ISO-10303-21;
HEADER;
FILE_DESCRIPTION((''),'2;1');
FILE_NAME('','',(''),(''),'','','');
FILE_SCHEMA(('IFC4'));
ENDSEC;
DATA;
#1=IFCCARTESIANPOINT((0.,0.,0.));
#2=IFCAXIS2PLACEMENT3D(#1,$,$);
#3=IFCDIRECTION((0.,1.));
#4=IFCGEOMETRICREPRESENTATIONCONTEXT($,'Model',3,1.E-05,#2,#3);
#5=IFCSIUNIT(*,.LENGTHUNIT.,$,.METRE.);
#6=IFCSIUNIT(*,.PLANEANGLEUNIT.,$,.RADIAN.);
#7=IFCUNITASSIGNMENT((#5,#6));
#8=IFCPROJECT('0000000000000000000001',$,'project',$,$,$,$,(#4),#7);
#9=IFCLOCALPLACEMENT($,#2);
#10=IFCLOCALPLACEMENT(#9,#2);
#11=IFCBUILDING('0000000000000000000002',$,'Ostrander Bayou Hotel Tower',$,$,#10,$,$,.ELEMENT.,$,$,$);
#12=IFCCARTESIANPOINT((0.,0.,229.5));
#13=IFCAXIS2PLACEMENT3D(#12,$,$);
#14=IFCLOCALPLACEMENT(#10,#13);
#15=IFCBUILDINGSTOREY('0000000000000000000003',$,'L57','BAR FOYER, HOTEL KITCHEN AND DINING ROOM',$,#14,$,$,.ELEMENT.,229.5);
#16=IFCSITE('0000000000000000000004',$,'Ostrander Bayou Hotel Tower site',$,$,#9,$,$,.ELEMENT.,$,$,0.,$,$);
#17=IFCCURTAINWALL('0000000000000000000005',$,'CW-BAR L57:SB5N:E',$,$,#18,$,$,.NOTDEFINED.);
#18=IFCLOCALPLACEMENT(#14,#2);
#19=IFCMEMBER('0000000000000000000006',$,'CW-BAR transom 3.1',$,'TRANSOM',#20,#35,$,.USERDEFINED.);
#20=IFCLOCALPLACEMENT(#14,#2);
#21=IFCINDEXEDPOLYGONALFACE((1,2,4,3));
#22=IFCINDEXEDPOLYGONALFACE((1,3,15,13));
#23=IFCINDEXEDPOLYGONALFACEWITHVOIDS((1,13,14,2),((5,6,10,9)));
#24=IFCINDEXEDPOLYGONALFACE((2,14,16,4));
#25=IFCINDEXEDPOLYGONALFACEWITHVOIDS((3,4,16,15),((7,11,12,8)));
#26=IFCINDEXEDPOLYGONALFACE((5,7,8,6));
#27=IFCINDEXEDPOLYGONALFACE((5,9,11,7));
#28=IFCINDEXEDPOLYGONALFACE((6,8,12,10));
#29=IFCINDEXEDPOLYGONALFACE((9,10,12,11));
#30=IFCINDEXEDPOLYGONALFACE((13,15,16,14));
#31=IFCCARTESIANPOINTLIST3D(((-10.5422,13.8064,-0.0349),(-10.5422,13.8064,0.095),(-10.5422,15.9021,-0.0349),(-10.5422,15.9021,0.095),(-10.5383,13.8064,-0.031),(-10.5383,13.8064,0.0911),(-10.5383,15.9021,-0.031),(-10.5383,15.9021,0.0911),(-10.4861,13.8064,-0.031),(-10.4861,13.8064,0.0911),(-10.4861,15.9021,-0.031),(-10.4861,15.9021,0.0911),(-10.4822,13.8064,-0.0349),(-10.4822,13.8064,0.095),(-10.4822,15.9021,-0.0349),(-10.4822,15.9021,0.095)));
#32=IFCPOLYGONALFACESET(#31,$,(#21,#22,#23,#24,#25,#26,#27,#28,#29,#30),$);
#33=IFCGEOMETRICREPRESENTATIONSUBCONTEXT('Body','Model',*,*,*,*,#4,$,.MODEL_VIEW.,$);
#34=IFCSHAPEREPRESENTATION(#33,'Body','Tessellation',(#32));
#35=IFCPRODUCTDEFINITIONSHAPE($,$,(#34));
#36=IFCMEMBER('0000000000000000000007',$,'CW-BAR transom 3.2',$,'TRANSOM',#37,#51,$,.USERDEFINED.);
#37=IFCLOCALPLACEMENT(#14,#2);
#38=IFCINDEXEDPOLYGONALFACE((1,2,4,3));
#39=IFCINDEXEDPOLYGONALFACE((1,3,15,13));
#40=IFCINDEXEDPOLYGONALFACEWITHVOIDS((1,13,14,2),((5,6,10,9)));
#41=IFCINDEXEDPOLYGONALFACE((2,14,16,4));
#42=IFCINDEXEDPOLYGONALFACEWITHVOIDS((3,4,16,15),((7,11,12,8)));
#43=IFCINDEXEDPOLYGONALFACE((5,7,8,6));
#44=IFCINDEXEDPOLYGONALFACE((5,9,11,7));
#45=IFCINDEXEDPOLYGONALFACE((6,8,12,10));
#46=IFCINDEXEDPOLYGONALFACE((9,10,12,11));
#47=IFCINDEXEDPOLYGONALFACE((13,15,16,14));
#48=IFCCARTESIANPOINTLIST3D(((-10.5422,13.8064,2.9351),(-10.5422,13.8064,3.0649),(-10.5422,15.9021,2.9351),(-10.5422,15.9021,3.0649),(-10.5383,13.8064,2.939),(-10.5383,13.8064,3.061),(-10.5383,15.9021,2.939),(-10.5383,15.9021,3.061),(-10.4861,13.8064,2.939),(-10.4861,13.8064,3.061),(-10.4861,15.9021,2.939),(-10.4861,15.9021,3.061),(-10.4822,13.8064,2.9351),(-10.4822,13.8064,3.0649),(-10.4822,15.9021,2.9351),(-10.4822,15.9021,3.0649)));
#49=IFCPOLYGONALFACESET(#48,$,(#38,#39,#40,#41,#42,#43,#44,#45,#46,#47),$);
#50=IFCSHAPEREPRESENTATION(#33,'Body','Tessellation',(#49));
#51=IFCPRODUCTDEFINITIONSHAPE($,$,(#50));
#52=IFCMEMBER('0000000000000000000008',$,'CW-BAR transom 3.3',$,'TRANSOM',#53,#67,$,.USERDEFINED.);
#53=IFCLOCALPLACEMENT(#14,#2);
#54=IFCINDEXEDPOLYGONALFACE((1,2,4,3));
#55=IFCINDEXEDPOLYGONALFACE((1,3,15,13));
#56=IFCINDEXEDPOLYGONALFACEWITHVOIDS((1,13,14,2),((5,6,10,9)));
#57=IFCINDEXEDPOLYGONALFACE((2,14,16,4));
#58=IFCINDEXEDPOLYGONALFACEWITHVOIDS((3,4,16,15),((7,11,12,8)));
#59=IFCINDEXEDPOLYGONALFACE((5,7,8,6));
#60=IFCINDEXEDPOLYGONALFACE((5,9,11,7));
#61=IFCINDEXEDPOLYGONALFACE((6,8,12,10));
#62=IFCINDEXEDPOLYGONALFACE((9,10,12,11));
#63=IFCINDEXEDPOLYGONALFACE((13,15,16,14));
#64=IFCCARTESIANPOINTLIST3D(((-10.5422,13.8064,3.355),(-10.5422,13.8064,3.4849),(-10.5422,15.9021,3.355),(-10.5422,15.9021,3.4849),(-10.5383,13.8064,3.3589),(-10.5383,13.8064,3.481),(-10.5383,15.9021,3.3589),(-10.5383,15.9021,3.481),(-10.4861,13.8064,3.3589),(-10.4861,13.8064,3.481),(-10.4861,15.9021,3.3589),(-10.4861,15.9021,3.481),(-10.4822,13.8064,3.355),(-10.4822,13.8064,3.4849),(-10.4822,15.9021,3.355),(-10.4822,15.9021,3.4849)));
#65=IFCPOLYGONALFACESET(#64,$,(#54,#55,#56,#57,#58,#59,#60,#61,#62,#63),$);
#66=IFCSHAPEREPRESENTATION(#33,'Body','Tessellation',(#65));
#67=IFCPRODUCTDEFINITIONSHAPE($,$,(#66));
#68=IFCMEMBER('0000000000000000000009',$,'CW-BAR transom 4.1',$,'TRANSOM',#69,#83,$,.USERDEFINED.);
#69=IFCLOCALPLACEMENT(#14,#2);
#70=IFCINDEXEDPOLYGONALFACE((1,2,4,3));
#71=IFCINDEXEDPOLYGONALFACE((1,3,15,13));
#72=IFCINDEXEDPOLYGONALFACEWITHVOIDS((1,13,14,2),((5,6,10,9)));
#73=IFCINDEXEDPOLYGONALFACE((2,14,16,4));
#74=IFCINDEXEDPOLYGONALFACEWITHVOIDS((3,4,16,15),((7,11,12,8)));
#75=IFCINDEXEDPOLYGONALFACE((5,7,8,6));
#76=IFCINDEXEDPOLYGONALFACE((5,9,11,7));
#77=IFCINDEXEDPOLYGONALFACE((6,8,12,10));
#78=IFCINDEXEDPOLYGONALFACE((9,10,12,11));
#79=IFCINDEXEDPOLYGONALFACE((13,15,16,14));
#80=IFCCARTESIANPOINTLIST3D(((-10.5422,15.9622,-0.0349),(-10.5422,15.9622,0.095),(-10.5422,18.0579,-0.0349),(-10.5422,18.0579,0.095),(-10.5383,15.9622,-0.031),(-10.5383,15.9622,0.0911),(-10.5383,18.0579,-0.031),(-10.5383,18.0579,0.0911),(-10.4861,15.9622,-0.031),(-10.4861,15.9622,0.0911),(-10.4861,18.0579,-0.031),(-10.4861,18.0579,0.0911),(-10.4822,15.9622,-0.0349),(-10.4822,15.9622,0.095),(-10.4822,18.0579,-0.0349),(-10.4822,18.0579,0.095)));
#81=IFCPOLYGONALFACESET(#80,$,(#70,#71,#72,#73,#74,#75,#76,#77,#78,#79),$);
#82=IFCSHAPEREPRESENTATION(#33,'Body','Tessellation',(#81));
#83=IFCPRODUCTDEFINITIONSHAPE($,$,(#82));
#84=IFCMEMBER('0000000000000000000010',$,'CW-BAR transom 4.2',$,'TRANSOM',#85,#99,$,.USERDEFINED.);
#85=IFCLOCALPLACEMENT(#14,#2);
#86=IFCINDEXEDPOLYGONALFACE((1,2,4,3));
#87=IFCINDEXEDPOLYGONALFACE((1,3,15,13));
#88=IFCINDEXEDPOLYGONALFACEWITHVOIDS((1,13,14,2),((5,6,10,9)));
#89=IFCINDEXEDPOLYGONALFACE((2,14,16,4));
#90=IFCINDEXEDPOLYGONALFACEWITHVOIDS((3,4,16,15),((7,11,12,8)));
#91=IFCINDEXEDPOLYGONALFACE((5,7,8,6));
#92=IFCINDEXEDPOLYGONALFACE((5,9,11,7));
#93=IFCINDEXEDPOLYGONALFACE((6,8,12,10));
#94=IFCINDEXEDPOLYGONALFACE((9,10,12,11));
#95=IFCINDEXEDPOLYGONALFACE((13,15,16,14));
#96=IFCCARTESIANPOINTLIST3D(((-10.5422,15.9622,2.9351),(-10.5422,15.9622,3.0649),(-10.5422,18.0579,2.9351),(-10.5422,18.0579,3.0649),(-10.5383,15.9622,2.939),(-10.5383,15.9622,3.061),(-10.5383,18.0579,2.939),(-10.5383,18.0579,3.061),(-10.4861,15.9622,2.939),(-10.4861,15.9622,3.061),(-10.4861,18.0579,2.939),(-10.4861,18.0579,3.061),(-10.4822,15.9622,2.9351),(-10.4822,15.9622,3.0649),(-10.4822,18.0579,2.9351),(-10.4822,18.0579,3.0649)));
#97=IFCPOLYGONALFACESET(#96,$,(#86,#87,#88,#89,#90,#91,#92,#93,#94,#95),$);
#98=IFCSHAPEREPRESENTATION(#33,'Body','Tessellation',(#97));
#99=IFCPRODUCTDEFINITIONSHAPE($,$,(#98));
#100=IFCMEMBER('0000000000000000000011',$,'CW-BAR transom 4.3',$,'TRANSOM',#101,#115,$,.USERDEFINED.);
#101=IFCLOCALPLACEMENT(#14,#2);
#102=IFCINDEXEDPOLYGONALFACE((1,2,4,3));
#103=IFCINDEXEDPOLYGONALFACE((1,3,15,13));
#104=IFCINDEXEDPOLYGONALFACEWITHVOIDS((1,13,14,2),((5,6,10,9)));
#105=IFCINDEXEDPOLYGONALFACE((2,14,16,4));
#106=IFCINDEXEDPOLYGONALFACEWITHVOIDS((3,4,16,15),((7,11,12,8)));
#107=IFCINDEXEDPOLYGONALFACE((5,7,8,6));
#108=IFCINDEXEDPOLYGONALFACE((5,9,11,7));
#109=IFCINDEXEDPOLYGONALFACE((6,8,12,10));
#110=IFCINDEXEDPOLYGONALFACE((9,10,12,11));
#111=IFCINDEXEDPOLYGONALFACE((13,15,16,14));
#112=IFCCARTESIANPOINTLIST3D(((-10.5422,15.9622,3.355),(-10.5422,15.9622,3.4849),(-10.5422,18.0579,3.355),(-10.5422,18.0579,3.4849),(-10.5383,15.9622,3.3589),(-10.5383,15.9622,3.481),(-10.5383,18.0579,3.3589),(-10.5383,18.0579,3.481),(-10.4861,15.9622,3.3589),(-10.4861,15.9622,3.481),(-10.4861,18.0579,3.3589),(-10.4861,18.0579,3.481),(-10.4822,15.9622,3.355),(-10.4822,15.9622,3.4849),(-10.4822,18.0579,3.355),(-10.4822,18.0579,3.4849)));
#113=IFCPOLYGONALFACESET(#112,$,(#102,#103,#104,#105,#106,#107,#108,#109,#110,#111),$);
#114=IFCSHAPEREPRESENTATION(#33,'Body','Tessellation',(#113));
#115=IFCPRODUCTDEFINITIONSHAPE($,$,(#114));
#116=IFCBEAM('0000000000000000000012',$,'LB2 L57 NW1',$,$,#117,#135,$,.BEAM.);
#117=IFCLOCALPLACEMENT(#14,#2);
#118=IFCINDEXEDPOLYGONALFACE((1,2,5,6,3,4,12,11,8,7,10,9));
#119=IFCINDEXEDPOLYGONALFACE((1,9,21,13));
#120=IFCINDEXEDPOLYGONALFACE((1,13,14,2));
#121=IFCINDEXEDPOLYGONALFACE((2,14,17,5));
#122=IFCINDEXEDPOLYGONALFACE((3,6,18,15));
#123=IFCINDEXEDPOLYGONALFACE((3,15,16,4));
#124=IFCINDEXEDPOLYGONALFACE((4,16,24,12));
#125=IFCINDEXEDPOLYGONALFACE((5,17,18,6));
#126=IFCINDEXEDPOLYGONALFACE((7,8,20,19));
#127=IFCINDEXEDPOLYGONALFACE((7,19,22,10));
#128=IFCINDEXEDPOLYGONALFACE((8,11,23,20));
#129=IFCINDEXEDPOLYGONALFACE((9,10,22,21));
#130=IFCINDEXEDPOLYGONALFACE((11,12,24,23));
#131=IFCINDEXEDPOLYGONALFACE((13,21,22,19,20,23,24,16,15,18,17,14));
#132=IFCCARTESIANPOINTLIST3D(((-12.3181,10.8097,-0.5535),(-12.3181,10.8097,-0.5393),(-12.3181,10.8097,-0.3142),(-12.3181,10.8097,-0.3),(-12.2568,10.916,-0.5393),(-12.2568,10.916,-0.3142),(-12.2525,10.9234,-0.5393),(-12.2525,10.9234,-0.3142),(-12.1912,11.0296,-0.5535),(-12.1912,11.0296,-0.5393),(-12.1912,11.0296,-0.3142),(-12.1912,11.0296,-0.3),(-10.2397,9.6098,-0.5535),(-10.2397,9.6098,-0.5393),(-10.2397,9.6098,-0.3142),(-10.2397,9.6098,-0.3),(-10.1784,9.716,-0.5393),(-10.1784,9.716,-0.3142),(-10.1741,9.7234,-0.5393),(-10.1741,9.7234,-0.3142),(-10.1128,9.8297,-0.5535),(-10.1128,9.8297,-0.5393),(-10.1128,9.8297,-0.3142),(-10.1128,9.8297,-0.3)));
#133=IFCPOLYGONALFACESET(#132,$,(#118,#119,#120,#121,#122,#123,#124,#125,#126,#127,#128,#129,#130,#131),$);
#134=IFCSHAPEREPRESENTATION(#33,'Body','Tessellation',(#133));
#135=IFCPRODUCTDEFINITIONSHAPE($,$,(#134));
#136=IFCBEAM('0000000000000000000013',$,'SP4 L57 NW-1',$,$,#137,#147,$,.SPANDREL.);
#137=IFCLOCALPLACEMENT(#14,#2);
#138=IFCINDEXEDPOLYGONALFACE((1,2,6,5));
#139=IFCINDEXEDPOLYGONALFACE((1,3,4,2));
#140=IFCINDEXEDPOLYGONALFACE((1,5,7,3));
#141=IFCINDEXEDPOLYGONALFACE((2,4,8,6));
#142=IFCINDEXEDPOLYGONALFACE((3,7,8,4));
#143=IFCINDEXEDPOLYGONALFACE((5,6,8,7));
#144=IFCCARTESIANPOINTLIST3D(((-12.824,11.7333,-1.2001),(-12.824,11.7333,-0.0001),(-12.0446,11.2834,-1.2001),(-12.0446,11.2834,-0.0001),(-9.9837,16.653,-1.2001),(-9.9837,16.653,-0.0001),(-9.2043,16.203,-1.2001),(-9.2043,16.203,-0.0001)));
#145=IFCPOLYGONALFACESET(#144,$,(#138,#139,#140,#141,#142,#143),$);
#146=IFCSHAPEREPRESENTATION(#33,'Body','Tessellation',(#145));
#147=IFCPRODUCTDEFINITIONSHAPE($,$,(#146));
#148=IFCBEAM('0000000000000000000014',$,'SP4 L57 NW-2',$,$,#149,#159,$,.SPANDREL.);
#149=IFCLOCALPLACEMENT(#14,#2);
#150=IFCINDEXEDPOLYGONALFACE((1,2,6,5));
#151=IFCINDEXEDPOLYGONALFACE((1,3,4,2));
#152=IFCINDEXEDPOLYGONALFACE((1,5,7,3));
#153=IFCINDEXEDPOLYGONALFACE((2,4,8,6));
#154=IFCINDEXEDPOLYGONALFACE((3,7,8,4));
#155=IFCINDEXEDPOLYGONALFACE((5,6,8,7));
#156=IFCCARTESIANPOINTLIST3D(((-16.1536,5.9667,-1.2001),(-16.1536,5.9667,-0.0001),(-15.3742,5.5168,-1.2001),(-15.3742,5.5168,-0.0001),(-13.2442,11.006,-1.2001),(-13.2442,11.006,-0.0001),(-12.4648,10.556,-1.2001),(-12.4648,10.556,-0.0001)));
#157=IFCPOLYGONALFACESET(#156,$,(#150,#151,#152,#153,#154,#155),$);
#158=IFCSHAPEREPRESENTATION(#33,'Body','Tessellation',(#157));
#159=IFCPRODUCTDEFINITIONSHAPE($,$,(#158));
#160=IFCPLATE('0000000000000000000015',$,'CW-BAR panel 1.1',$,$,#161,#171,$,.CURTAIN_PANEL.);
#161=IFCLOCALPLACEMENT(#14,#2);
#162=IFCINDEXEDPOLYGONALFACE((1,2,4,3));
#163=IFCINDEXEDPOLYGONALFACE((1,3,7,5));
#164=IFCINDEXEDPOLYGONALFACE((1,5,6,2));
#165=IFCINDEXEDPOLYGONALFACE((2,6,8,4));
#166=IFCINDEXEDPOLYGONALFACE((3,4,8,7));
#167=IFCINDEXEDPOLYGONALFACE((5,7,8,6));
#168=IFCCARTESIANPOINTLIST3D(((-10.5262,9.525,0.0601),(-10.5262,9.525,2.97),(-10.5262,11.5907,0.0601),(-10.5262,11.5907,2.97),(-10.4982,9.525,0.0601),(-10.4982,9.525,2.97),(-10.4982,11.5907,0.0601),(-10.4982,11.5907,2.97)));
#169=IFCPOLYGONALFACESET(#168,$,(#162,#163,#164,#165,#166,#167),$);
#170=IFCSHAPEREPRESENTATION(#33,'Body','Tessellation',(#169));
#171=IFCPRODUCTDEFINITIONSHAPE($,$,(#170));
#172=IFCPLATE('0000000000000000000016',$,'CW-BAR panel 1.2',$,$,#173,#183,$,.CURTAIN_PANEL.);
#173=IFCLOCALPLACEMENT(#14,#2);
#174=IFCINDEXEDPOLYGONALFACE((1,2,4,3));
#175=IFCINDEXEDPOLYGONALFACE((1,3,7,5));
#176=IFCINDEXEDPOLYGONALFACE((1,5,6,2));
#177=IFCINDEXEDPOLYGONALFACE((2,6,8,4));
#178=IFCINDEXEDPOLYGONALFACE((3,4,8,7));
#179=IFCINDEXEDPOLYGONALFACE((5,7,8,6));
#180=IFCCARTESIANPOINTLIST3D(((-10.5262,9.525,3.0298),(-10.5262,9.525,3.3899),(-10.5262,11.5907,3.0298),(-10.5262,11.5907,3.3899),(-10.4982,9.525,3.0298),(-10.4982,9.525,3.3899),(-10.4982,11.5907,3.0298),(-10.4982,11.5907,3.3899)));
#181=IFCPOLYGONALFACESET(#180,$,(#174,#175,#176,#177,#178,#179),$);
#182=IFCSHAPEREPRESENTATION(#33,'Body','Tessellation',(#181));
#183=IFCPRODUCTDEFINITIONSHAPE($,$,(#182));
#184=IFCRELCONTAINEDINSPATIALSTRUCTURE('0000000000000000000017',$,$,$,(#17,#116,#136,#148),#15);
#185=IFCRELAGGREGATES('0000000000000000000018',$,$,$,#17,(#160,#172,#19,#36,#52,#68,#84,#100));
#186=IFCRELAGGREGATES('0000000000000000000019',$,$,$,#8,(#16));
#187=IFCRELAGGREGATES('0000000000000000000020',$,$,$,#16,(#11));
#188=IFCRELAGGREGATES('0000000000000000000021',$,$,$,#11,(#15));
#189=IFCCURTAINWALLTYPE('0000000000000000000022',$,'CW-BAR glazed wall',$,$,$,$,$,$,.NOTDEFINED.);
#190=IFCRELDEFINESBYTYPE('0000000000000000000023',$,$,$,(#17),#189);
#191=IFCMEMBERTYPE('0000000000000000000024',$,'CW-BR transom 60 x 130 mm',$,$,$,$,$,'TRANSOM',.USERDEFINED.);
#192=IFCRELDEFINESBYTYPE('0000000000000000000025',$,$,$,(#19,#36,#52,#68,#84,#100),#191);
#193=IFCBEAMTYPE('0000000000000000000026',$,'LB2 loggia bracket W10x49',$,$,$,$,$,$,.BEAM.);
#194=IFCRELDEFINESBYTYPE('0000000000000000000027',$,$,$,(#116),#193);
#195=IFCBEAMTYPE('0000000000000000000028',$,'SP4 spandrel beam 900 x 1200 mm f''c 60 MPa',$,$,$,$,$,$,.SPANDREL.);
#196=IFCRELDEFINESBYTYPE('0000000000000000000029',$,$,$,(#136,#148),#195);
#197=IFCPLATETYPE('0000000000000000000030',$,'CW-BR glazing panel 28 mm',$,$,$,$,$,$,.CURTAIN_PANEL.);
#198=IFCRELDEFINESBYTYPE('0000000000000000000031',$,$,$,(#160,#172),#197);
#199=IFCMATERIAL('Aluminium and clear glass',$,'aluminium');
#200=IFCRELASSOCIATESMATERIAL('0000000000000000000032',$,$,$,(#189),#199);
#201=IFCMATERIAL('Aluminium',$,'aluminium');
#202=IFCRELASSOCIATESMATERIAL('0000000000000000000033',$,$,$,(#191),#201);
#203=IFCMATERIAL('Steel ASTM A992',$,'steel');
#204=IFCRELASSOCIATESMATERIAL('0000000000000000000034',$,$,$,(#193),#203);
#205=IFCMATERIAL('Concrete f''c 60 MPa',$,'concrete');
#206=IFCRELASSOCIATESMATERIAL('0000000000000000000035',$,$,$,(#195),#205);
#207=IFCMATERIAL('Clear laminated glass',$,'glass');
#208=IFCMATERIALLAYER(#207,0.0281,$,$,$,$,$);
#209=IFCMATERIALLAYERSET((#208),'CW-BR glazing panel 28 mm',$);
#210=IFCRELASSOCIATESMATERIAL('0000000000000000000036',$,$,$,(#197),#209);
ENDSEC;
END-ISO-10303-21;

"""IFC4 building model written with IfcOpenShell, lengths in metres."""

from ifc_helpers import new_model, si_unit, direction, frame, origin, origin_2d, place, context, subcontext, project, spatial, rectangle, hollow_rectangle, i_section, extrude, material, layer, layer_set, material_profile, profile_set, type_object, element, aggregate, save


model = new_model("IFC4")

# Units and contexts
model_context = context("Model", 3, precision=1e-05, world=origin(), true_north=direction((0.0, 1.0)))
body_context = subcontext(model_context, "Body", "Model", "MODEL_VIEW")
ifc_project = project(units=[si_unit("LENGTHUNIT", "METRE"), si_unit("PLANEANGLEUNIT", "RADIAN")], contexts=[model_context])

# Site, building, storey
site_placement = place(None, origin())
site = spatial("IfcSite", under=ifc_project, at=site_placement, Name="Ostrander Bayou Hotel Tower site", CompositionType="ELEMENT", RefElevation=0.0)
building_placement = place(site_placement, origin())
building = spatial("IfcBuilding", under=site, at=building_placement, Name="Ostrander Bayou Hotel Tower", CompositionType="ELEMENT")
storey_placement = place(building_placement, frame((0.0, 0.0, 229.5)))
storey = spatial("IfcBuildingStorey", under=building, at=storey_placement, Name="L57", Description="BAR FOYER, HOTEL KITCHEN AND DINING ROOM", CompositionType="ELEMENT", Elevation=229.5)

# Curtain wall, members
ifc_material_1 = material(Name="Aluminium and clear glass", Category="aluminium")
curtain_wall_type = type_object("IfcCurtainWallType", Name="CW-BAR glazed wall", PredefinedType="NOTDEFINED", material=ifc_material_1)
curtain_wall_placement = place(storey_placement, origin())
curtain_wall = element("IfcCurtainWall", 1, at=curtain_wall_placement, inside=storey, type_object=curtain_wall_type, Name="CW-BAR L57:SB5N:E", PredefinedType="NOTDEFINED")
ifc_material_2 = material(Name="Aluminium", Category="aluminium")
ifc_material_profile_1 = material_profile(ifc_material_2, hollow_rectangle(XDim=0.0601, YDim=0.1299, WallThickness=0.0039, at=origin_2d()))
ifc_profile_set_1 = profile_set([ifc_material_profile_1], Name="Aluminium")
member_type_1 = type_object("IfcMemberType", Name="CW-BR transom 60 x 130 mm", ElementType="TRANSOM", PredefinedType="USERDEFINED", material=ifc_profile_set_1)
member_1_placement = place(storey_placement, frame((-10.5122, 13.8064, 0.03), z_axis=(0.0, 1.0, 0.0), x_axis=(-1.0, 0.0, 0.0)))
member_1 = element("IfcMember", 2, at=member_1_placement, type_object=member_type_1, Name="CW-BAR transom 3.1", ObjectType="TRANSOM", PredefinedType="USERDEFINED", context=body_context, shape_type="SweptSolid", body=[
    extrude(hollow_rectangle(XDim=0.0601, YDim=0.1299, WallThickness=0.0039, at=origin_2d()), origin(), (0.0, 0.0, 1.0), 2.0957),
])
member_2_placement = place(storey_placement, frame((-10.5122, 13.8064, 3.0), z_axis=(0.0, 1.0, 0.0), x_axis=(-1.0, 0.0, 0.0)))
member_2 = element("IfcMember", 3, at=member_2_placement, type_object=member_type_1, Name="CW-BAR transom 3.2", ObjectType="TRANSOM", PredefinedType="USERDEFINED", context=body_context, shape_type="SweptSolid", body=[
    extrude(hollow_rectangle(XDim=0.0601, YDim=0.1299, WallThickness=0.0039, at=origin_2d()), origin(), (0.0, 0.0, 1.0), 2.0957),
])
member_3_placement = place(storey_placement, frame((-10.5122, 13.8064, 3.4199), z_axis=(0.0, 1.0, 0.0), x_axis=(-1.0, 0.0, 0.0)))
member_3 = element("IfcMember", 4, at=member_3_placement, type_object=member_type_1, Name="CW-BAR transom 3.3", ObjectType="TRANSOM", PredefinedType="USERDEFINED", context=body_context, shape_type="SweptSolid", body=[
    extrude(hollow_rectangle(XDim=0.0601, YDim=0.1299, WallThickness=0.0039, at=origin_2d()), origin(), (0.0, 0.0, 1.0), 2.0957),
])
member_4_placement = place(storey_placement, frame((-10.5122, 15.9622, 0.03), z_axis=(0.0, 1.0, 0.0), x_axis=(-1.0, 0.0, 0.0)))
member_4 = element("IfcMember", 5, at=member_4_placement, type_object=member_type_1, Name="CW-BAR transom 4.1", ObjectType="TRANSOM", PredefinedType="USERDEFINED", context=body_context, shape_type="SweptSolid", body=[
    extrude(hollow_rectangle(XDim=0.0601, YDim=0.1299, WallThickness=0.0039, at=origin_2d()), origin(), (0.0, 0.0, 1.0), 2.0957),
])
member_5_placement = place(storey_placement, frame((-10.5122, 15.9622, 3.0), z_axis=(0.0, 1.0, 0.0), x_axis=(-1.0, 0.0, 0.0)))
member_5 = element("IfcMember", 6, at=member_5_placement, type_object=member_type_1, Name="CW-BAR transom 4.2", ObjectType="TRANSOM", PredefinedType="USERDEFINED", context=body_context, shape_type="SweptSolid", body=[
    extrude(hollow_rectangle(XDim=0.0601, YDim=0.1299, WallThickness=0.0039, at=origin_2d()), origin(), (0.0, 0.0, 1.0), 2.0957),
])
member_6_placement = place(storey_placement, frame((-10.5122, 15.9622, 3.4199), z_axis=(0.0, 1.0, 0.0), x_axis=(-1.0, 0.0, 0.0)))
member_6 = element("IfcMember", 7, at=member_6_placement, type_object=member_type_1, Name="CW-BAR transom 4.3", ObjectType="TRANSOM", PredefinedType="USERDEFINED", context=body_context, shape_type="SweptSolid", body=[
    extrude(hollow_rectangle(XDim=0.0601, YDim=0.1299, WallThickness=0.0039, at=origin_2d()), origin(), (0.0, 0.0, 1.0), 2.0957),
])

# Beams
ifc_material_3 = material(Name="Steel ASTM A992", Category="steel")
ifc_material_profile_2 = material_profile(ifc_material_3, i_section(OverallWidth=0.2539, OverallDepth=0.2534, WebThickness=0.0085, FlangeThickness=0.0142, at=origin_2d()))
ifc_profile_set_2 = profile_set([ifc_material_profile_2], Name="Steel ASTM A992")
beam_type_1 = type_object("IfcBeamType", Name="LB2 loggia bracket W10x49", PredefinedType="BEAM", material=ifc_profile_set_2)
beam_1_placement = place(storey_placement, frame((-12.2546, 10.9197, -0.4268), z_axis=(0.866025, -0.500001, 0.0), x_axis=(0.500001, 0.866025, 0.0)))
element("IfcBeam", 8, at=beam_1_placement, inside=storey, type_object=beam_type_1, Name="LB2 L57 NW1", PredefinedType="BEAM", context=body_context, shape_type="SweptSolid", body=[
    extrude(i_section(OverallWidth=0.2539, OverallDepth=0.2534, WebThickness=0.0085, FlangeThickness=0.0142, at=origin_2d()), origin(), (0.0, 0.0, 1.0), 2.3999),
])
ifc_material_4 = material(Name="Concrete f'c 60 MPa", Category="concrete")
ifc_material_profile_3 = material_profile(ifc_material_4, rectangle(XDim=0.8999, YDim=1.2, at=origin_2d()))
ifc_profile_set_3 = profile_set([ifc_material_profile_3], Name="Concrete f'c 60 MPa")
beam_type_2 = type_object("IfcBeamType", Name="SP4 spandrel beam 900 x 1200 mm f'c 60 MPa", PredefinedType="SPANDREL", material=ifc_profile_set_3)
beam_2_placement = place(storey_placement, frame((-9.594, 16.428, -0.6001), z_axis=(-0.499994, -0.866029, 0.0), x_axis=(0.866029, -0.499994, 0.0)))
element("IfcBeam", 9, at=beam_2_placement, inside=storey, type_object=beam_type_2, Name="SP4 L57 NW-1", PredefinedType="SPANDREL", context=body_context, shape_type="SweptSolid", body=[
    extrude(rectangle(XDim=0.8999, YDim=1.2, at=origin_2d()), origin(), (0.0, 0.0, 1.0), 5.6807),
])
beam_3_placement = place(storey_placement, frame((-12.8545, 10.781, -0.6001), z_axis=(-0.499997, -0.866027, 0.0), x_axis=(0.866027, -0.499997, 0.0)))
element("IfcBeam", 10, at=beam_3_placement, inside=storey, type_object=beam_type_2, Name="SP4 L57 NW-2", PredefinedType="SPANDREL", context=body_context, shape_type="SweptSolid", body=[
    extrude(rectangle(XDim=0.8999, YDim=1.2, at=origin_2d()), origin(), (0.0, 0.0, 1.0), 5.8188),
])

# Plates
ifc_material_5 = material(Name="Clear laminated glass", Category="glass")
ifc_layer_1 = layer(ifc_material_5, 0.0281)
ifc_layer_set_1 = layer_set([ifc_layer_1], Name="CW-BR glazing panel 28 mm")
plate_type = type_object("IfcPlateType", Name="CW-BR glazing panel 28 mm", PredefinedType="CURTAIN_PANEL", material=ifc_layer_set_1)
plate_1_placement = place(storey_placement, frame((-10.5122, 10.5579, 0.0601), z_axis=(0.0, 0.0, 1.0), x_axis=(0.0, 1.0, 0.0)))
plate_1 = element("IfcPlate", 11, at=plate_1_placement, type_object=plate_type, Name="CW-BAR panel 1.1", PredefinedType="CURTAIN_PANEL", context=body_context, shape_type="SweptSolid", body=[
    extrude(rectangle(XDim=2.0657, YDim=0.0281, at=origin_2d()), origin(), (0.0, 0.0, 1.0), 2.9099),
])
plate_2_placement = place(storey_placement, frame((-10.5122, 10.5579, 3.0298), z_axis=(0.0, 0.0, 1.0), x_axis=(0.0, 1.0, 0.0)))
plate_2 = element("IfcPlate", 12, at=plate_2_placement, type_object=plate_type, Name="CW-BAR panel 1.2", PredefinedType="CURTAIN_PANEL", context=body_context, shape_type="SweptSolid", body=[
    extrude(rectangle(XDim=2.0657, YDim=0.0281, at=origin_2d()), origin(), (0.0, 0.0, 1.0), 0.3601),
])
aggregate(curtain_wall, [plate_1, plate_2, member_1, member_2, member_3, member_4, member_5, member_6])

save(model, "model.ifc")
